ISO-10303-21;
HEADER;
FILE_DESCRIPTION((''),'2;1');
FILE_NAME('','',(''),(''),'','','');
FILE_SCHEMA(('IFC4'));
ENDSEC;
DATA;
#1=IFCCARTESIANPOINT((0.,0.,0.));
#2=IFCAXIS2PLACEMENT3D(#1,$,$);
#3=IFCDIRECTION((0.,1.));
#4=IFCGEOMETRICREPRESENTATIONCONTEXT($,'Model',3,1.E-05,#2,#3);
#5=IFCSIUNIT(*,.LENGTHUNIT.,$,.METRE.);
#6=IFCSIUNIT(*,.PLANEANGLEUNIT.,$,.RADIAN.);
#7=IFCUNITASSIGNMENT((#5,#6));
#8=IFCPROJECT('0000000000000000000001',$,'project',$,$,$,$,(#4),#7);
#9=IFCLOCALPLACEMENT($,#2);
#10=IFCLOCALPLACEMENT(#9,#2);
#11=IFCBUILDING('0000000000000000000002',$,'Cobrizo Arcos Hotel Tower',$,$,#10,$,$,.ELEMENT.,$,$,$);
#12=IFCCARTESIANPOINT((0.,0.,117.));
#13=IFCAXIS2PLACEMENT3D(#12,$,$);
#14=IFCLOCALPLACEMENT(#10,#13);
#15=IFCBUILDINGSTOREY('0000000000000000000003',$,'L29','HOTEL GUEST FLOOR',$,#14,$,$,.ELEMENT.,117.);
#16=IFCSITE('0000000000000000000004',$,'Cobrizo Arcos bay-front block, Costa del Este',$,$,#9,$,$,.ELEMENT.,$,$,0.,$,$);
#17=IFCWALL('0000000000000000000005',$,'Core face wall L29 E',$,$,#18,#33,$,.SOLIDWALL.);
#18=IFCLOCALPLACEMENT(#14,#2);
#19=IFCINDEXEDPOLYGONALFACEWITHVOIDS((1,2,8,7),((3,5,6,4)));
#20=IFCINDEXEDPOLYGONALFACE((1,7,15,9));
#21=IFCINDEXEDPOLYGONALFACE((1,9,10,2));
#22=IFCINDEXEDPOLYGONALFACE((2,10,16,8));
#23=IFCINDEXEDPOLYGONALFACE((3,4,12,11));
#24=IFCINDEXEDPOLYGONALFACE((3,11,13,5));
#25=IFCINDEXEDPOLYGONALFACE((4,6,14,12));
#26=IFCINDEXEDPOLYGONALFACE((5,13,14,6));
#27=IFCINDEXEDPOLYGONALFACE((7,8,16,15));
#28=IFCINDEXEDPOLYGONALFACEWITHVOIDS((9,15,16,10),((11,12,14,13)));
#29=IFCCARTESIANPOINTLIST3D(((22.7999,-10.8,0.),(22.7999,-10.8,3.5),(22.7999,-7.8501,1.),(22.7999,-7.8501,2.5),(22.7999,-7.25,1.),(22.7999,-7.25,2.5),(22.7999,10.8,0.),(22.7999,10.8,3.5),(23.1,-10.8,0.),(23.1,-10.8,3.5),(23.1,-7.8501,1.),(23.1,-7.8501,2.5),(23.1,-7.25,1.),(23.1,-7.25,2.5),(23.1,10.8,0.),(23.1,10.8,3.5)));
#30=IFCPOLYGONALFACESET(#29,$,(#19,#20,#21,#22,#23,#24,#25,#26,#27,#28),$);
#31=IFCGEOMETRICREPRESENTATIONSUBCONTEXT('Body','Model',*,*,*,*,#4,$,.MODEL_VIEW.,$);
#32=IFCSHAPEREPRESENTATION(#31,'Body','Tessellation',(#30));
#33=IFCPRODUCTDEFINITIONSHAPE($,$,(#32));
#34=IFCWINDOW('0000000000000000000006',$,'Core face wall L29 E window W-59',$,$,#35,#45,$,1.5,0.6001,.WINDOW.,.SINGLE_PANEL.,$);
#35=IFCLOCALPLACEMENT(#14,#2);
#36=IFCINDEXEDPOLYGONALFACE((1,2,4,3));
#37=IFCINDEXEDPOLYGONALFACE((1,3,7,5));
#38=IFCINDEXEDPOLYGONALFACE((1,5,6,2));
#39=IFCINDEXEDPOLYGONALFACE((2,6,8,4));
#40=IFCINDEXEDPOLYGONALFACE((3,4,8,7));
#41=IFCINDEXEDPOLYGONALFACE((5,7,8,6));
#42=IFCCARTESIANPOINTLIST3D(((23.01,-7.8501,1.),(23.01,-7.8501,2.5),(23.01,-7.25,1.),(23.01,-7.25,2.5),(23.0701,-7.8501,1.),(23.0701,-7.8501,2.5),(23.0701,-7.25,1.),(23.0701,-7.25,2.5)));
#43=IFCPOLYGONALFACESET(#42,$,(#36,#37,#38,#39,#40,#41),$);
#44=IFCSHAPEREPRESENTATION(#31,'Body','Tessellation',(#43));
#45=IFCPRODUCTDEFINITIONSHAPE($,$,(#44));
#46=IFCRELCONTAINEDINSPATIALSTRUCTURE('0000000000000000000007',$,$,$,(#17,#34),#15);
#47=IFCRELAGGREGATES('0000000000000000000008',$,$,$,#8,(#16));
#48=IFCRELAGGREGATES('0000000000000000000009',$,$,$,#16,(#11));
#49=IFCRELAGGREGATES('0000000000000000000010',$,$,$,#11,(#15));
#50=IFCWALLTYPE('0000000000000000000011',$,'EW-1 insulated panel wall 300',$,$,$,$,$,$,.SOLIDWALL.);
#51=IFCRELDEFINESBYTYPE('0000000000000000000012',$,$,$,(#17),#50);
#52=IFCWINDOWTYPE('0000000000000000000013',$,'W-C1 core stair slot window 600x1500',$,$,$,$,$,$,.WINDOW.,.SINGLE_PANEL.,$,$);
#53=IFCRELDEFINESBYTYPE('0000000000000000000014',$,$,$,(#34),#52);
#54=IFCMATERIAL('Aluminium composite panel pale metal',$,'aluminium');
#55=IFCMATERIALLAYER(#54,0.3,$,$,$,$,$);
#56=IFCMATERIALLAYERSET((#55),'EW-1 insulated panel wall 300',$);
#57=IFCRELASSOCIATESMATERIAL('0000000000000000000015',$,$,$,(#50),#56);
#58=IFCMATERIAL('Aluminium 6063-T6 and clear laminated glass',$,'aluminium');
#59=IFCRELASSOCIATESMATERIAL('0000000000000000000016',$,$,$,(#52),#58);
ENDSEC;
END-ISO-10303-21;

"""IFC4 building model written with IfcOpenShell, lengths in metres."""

from ifc_helpers import new_model, si_unit, direction, frame, frame_2d, origin, place, context, subcontext, project, spatial, rectangle, extrude, material, layer, layer_set, type_object, element, fill, save


model = new_model("IFC4")

# Units and contexts
model_context = context("Model", 3, precision=1e-05, world=origin(), true_north=direction((0.0, 1.0)))
body_context = subcontext(model_context, "Body", "Model", "MODEL_VIEW")
ifc_project = project(units=[si_unit("LENGTHUNIT", "METRE"), si_unit("PLANEANGLEUNIT", "RADIAN")], contexts=[model_context])

# Site, building, storey
site_placement = place(None, origin())
site = spatial("IfcSite", under=ifc_project, at=site_placement, Name="Cobrizo Arcos bay-front block, Costa del Este", CompositionType="ELEMENT", RefElevation=0.0)
building_placement = place(site_placement, origin())
building = spatial("IfcBuilding", under=site, at=building_placement, Name="Cobrizo Arcos Hotel Tower", CompositionType="ELEMENT")
storey_placement = place(building_placement, frame((0.0, 0.0, 117.0)))
storey = spatial("IfcBuildingStorey", under=building, at=storey_placement, Name="L29", Description="HOTEL GUEST FLOOR", CompositionType="ELEMENT", Elevation=117.0)

# Shared definitions
ifc_material_1 = material(Name="Aluminium composite panel pale metal", Category="aluminium")

# Wall, opening, window
ifc_layer_1 = layer(ifc_material_1, 0.3)
ifc_layer_set_1 = layer_set([ifc_layer_1], Name="EW-1 insulated panel wall 300")
wall_type_1 = type_object("IfcWallType", Name="EW-1 insulated panel wall 300", PredefinedType="SOLIDWALL", material=ifc_layer_set_1)
wall_1_placement = place(storey_placement, frame((22.95, -10.8, 0.0), z_axis=(0.0, 0.0, 1.0), x_axis=(0.0, 1.0, 0.0)))
wall_1 = element("IfcWall", 1, at=wall_1_placement, inside=storey, type_object=wall_type_1, Name="Core face wall L29 E", PredefinedType="SOLIDWALL", context=body_context, shape_type="SweptSolid", body=[
    extrude(rectangle(XDim=21.6001, YDim=0.3, at=frame_2d((10.8, 0.0))), origin(), (0.0, 0.0, 1.0), 3.5),
])
opening_1_placement = place(wall_1_placement, frame((2.95, 0.0, 1.0)))
opening_1 = element("IfcOpeningElement", 2, at=opening_1_placement, cuts=wall_1, PredefinedType="OPENING", context=body_context, shape_type="SweptSolid", body=[
    extrude(rectangle(XDim=0.6001, YDim=1.5, at=frame_2d((0.3, 0.75))), frame((0.0, 0.1621, 0.0), z_axis=(0.0, -1.0, 0.0), x_axis=(1.0, 0.0, 0.0)), (0.0, 0.0, 1.0), 0.324),
])
ifc_material_2 = material(Name="Aluminium 6063-T6 and clear laminated glass", Category="aluminium")
window_type = type_object("IfcWindowType", Name="W-C1 core stair slot window 600x1500", PartitioningType="SINGLE_PANEL", PredefinedType="WINDOW", material=ifc_material_2)
window_placement = place(opening_1_placement, origin())
window = element("IfcWindow", 3, at=window_placement, inside=storey, type_object=window_type, Name="Core face wall L29 E window W-59", OverallHeight=1.5, OverallWidth=0.6001, PartitioningType="SINGLE_PANEL", PredefinedType="WINDOW", context=body_context, shape_type="SweptSolid", body=[
    extrude(rectangle(XDim=0.6001, YDim=1.5, at=frame_2d((0.3, 0.75))), frame((0.0, -0.0601, 0.0), z_axis=(0.0, -1.0, 0.0), x_axis=(1.0, 0.0, 0.0)), (0.0, 0.0, 1.0), 0.0601),
])
fill(opening_1, window)

save(model, "model.ifc")
